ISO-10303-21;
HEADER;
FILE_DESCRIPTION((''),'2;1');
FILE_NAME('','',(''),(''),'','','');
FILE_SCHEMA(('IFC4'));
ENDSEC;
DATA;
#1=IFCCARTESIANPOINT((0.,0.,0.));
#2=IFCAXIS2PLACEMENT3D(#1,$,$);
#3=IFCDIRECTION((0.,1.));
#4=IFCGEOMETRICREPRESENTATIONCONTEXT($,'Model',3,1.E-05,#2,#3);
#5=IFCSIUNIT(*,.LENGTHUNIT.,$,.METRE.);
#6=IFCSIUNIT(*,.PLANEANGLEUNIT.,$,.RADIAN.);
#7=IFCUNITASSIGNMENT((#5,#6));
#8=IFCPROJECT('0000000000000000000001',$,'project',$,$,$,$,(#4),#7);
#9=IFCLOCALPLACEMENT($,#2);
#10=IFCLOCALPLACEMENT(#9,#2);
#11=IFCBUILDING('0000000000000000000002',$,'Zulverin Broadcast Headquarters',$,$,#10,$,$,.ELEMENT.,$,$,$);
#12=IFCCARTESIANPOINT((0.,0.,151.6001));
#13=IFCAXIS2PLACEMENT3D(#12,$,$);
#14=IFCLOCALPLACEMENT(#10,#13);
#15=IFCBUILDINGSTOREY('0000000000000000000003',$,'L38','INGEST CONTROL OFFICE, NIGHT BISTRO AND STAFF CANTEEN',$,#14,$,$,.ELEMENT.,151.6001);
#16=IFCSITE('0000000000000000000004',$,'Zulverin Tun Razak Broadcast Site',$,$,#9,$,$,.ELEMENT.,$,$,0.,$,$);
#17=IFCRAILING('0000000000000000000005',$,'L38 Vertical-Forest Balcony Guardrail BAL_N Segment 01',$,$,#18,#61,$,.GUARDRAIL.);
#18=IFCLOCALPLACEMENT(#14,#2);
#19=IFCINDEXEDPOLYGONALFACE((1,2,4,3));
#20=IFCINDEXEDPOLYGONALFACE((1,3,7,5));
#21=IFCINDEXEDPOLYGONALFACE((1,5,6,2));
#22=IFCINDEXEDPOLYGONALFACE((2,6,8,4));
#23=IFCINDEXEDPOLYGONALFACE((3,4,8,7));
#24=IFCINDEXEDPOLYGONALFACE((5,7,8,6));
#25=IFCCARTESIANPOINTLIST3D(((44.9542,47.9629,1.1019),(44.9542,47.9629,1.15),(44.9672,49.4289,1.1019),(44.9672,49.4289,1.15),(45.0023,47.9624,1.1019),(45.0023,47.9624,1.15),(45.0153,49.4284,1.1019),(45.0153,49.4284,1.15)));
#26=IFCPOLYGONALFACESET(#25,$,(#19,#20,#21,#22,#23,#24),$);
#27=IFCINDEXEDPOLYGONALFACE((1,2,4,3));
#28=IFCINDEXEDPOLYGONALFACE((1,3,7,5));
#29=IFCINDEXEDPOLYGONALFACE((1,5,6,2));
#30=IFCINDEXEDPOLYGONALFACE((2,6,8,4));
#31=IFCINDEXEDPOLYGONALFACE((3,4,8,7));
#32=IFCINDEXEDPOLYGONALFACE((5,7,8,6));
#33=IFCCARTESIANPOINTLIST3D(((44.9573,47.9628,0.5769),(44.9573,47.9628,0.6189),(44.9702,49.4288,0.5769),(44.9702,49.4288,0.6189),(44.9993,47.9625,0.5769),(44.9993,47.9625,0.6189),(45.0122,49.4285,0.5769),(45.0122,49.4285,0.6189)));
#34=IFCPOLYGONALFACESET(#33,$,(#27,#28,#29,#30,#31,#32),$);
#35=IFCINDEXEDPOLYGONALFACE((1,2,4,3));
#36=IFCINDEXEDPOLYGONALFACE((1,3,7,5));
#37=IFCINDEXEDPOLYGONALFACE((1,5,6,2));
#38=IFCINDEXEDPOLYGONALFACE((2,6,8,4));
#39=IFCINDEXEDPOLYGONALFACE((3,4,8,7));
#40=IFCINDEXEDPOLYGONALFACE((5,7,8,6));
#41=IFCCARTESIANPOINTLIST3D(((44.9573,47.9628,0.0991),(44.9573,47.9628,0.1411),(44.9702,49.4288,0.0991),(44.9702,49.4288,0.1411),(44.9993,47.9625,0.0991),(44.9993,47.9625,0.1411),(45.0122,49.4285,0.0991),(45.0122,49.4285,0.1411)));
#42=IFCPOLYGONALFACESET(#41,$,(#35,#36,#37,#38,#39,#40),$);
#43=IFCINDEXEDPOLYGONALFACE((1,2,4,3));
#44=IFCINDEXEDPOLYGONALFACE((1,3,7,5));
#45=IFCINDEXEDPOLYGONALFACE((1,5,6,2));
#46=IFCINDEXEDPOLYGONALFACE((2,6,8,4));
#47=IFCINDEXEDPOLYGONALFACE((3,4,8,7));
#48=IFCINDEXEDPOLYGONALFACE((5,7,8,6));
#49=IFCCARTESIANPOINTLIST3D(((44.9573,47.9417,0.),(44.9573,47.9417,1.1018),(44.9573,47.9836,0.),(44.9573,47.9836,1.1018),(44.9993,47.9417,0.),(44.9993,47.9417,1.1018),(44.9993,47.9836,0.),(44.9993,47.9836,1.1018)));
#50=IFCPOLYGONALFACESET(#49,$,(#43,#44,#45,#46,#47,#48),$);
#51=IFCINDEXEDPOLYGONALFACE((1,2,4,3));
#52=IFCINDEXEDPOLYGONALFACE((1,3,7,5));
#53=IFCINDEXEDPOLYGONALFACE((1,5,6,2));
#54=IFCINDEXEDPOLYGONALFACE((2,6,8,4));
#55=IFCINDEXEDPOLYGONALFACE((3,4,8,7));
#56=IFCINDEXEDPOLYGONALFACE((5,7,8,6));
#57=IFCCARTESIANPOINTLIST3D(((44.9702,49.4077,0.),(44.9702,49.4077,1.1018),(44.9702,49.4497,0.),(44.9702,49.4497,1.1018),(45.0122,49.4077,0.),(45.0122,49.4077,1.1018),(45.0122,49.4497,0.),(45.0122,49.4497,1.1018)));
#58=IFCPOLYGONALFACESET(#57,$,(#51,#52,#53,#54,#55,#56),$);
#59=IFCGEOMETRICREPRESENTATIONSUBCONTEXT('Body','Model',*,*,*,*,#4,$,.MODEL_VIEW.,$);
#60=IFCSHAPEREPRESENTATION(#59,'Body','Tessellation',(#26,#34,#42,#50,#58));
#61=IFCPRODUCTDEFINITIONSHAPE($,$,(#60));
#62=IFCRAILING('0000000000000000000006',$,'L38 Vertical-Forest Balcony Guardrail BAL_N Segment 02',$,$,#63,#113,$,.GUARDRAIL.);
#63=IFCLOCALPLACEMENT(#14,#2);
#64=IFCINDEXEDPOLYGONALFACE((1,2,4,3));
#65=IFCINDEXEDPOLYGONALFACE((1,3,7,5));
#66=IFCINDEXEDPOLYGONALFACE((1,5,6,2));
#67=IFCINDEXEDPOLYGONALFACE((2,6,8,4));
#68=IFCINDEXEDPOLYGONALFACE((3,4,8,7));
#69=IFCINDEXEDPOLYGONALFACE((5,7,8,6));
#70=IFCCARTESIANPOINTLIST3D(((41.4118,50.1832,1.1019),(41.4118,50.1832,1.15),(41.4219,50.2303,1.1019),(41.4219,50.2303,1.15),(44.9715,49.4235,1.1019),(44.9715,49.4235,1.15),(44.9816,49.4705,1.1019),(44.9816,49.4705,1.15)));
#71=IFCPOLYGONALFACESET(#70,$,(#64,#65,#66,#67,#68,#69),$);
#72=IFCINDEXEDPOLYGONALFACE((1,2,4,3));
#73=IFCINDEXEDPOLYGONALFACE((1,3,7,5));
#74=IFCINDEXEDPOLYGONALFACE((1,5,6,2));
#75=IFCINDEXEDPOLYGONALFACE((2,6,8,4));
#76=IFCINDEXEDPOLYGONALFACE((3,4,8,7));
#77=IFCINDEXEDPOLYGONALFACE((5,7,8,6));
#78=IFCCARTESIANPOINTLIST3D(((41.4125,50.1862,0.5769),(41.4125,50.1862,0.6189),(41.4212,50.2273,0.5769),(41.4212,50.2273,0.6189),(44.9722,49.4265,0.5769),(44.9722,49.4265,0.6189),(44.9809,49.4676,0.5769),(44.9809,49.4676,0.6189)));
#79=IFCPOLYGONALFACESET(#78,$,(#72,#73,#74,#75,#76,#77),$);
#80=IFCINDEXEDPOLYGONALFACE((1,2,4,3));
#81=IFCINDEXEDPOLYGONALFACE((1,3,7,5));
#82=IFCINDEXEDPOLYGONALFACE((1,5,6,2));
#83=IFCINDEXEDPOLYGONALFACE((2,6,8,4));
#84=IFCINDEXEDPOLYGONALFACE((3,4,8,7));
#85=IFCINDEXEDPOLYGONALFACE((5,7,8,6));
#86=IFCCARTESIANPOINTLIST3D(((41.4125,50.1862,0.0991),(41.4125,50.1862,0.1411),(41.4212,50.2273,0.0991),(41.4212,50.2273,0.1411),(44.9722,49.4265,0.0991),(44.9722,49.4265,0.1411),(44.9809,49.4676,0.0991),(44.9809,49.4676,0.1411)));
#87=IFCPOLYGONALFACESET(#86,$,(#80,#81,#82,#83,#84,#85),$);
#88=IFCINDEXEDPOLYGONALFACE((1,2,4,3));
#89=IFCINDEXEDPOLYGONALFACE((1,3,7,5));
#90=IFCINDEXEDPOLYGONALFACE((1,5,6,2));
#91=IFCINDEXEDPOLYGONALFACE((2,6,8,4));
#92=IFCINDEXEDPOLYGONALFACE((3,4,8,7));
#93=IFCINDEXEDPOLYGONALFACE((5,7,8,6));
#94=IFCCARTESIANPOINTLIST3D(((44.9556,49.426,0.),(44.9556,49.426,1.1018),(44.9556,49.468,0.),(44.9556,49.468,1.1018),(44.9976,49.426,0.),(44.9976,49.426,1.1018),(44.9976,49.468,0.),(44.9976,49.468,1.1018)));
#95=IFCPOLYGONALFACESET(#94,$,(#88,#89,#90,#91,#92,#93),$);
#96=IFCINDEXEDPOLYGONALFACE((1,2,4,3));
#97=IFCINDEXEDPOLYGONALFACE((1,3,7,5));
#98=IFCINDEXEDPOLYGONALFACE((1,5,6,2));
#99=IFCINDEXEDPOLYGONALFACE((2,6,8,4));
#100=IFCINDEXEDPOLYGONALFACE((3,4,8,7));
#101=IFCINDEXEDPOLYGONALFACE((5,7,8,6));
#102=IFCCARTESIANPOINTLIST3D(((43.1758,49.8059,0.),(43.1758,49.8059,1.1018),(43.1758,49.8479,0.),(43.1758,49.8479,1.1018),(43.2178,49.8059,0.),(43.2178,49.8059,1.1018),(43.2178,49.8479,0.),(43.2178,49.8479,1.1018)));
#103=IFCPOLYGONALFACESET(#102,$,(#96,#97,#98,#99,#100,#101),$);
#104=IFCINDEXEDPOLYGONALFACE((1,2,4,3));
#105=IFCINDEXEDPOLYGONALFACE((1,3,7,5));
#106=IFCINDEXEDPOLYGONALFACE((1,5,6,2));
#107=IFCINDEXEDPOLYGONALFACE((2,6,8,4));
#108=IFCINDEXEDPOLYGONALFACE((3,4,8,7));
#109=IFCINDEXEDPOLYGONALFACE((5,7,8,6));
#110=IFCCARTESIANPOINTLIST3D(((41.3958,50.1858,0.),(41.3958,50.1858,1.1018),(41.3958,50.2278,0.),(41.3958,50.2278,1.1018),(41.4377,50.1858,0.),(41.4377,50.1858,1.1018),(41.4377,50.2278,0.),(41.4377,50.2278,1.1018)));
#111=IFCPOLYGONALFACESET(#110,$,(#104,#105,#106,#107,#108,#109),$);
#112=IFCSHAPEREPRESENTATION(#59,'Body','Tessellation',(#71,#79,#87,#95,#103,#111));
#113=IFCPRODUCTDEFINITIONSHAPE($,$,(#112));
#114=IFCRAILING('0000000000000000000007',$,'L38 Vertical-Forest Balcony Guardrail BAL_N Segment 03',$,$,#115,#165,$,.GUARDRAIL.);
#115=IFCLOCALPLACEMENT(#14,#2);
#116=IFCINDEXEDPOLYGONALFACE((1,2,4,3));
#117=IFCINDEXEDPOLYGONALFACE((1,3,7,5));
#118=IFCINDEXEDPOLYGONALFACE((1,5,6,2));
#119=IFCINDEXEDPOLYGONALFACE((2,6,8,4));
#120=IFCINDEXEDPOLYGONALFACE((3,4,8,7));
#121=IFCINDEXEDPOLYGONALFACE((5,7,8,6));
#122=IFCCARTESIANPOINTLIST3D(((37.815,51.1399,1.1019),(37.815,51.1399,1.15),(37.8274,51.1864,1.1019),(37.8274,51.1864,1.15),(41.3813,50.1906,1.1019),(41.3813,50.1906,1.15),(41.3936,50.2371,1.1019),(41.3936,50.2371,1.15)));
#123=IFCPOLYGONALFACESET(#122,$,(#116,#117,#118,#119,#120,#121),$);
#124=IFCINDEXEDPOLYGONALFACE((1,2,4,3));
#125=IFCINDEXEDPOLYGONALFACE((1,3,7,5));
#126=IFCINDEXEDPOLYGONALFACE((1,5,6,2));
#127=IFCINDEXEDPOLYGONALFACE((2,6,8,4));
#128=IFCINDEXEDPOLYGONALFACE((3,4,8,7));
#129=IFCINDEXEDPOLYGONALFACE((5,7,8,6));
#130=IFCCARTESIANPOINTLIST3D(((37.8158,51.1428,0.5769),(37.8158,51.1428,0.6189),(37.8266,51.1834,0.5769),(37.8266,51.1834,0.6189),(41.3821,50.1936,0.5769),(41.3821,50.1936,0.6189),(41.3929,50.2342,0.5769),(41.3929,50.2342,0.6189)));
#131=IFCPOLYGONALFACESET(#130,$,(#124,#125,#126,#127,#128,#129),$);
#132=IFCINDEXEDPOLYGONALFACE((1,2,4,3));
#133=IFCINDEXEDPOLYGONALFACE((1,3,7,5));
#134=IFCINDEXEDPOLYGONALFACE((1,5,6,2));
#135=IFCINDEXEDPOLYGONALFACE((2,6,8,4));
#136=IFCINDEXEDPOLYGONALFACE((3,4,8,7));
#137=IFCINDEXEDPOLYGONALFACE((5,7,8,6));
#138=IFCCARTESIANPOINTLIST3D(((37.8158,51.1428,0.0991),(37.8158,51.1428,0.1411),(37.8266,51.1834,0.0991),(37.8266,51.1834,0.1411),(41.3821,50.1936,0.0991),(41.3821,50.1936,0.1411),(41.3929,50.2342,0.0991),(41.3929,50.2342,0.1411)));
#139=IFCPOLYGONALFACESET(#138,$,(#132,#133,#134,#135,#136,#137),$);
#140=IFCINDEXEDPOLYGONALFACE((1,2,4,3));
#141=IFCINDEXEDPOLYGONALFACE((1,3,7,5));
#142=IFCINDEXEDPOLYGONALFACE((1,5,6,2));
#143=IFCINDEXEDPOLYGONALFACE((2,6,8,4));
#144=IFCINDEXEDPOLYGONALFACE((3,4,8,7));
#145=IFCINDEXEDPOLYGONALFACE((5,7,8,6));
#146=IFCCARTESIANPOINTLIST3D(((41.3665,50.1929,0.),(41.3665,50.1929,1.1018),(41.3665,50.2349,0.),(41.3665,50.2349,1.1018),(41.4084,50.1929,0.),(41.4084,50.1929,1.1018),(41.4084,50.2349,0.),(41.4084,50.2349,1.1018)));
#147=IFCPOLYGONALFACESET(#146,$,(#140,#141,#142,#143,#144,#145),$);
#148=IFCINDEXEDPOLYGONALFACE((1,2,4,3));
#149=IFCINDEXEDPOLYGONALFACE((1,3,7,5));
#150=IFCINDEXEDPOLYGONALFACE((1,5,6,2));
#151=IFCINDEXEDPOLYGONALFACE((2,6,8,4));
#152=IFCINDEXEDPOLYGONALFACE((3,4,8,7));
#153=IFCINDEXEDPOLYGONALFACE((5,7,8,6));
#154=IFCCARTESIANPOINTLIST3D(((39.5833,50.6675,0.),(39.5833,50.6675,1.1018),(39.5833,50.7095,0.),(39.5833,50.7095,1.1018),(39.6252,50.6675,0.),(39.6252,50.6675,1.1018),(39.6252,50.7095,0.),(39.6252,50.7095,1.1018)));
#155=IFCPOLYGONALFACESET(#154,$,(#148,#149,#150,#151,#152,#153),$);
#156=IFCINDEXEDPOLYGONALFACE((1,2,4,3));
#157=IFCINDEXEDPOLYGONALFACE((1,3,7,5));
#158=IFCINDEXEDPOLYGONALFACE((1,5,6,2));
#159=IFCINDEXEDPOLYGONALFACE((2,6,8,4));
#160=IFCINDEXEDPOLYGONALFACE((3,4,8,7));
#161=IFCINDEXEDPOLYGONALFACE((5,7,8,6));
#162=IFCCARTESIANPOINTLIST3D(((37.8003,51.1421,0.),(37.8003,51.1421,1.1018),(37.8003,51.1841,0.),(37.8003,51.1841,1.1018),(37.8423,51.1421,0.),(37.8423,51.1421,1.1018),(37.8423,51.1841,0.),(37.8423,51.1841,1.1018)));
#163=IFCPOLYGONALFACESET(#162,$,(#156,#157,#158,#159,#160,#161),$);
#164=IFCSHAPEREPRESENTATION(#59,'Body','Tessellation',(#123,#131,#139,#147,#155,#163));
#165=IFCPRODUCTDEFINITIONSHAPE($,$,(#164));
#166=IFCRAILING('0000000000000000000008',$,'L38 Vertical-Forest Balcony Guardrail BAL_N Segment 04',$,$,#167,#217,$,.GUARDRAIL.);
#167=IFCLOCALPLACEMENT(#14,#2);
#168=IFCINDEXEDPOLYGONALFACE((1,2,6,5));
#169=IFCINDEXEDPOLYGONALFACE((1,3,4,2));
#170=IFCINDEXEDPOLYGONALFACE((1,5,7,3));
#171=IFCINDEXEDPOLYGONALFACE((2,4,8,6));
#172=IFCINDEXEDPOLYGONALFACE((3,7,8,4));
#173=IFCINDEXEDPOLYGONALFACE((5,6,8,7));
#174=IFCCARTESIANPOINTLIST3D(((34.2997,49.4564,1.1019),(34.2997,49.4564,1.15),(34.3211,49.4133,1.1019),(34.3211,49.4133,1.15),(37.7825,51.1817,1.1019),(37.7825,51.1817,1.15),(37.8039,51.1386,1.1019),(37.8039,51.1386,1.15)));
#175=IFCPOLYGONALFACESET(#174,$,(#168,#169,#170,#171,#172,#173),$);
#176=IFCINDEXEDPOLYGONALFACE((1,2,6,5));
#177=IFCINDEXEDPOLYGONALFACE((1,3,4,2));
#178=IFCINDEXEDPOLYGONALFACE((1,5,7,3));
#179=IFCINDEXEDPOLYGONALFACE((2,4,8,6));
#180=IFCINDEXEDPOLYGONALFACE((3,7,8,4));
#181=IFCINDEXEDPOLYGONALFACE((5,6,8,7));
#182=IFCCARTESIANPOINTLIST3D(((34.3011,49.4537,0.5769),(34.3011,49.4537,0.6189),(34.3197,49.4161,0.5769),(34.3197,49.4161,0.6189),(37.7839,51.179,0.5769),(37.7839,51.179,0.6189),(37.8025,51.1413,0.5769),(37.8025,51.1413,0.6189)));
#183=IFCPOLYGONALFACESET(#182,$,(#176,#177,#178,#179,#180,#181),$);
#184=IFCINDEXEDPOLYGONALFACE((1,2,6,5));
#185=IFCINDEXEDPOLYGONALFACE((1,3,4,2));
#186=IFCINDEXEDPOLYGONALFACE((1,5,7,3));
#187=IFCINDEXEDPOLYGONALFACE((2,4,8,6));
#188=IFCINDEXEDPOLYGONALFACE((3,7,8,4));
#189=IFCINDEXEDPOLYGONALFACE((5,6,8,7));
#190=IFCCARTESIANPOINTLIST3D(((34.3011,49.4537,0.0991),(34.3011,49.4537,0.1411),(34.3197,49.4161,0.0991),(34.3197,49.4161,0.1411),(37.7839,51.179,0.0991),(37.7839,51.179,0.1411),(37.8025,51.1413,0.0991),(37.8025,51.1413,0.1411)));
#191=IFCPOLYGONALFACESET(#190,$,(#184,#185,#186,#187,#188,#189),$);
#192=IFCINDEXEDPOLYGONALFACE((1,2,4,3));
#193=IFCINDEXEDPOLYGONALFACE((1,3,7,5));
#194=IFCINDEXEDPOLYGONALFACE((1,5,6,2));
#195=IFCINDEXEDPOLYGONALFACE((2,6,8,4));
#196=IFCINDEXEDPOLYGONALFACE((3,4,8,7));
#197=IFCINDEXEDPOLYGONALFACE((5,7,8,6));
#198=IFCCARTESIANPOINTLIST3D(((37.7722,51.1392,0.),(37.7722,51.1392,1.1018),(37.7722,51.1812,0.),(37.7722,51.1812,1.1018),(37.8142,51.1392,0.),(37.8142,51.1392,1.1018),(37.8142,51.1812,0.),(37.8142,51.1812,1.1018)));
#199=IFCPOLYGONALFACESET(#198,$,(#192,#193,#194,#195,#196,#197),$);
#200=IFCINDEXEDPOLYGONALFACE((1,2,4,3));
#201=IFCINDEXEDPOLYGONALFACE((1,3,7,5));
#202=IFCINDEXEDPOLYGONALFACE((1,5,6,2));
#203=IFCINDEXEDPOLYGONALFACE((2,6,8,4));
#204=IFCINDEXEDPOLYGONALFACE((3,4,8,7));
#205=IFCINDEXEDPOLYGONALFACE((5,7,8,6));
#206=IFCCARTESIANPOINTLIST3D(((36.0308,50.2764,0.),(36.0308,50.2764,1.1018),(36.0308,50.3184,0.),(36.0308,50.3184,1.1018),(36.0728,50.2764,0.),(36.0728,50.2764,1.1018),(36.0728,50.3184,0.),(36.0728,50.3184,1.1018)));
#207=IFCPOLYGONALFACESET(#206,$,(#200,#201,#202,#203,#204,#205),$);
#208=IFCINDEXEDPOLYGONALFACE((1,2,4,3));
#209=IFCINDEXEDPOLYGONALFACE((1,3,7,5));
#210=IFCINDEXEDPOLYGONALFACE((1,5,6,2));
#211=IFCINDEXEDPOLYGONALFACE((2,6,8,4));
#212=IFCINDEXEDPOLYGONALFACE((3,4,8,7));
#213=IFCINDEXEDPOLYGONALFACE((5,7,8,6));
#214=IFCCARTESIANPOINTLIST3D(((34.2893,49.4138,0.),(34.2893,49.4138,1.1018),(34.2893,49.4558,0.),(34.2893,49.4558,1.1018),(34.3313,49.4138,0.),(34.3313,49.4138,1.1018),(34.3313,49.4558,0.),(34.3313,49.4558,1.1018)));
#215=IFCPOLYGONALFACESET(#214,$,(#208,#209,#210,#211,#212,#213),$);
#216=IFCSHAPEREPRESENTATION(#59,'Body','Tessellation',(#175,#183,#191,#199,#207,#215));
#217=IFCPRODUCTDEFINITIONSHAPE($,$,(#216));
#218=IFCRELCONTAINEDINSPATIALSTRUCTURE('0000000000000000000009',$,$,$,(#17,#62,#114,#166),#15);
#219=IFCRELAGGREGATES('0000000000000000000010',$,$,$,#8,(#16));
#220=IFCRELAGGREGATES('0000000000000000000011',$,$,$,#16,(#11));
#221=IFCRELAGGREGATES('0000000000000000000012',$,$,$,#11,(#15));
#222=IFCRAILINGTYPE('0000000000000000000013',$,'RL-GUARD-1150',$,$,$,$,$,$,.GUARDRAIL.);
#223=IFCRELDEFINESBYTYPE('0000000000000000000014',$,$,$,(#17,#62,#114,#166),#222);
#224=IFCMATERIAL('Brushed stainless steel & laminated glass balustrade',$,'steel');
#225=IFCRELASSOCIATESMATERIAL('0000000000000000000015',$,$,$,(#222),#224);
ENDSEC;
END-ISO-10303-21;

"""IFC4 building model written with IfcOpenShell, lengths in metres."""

from ifc_helpers import new_model, si_unit, direction, frame, origin, origin_2d, place, context, subcontext, project, spatial, rectangle, extrude, material, type_object, element, save


model = new_model("IFC4")

# Units and contexts
model_context = context("Model", 3, precision=1e-05, world=origin(), true_north=direction((0.0, 1.0)))
body_context = subcontext(model_context, "Body", "Model", "MODEL_VIEW")
ifc_project = project(units=[si_unit("LENGTHUNIT", "METRE"), si_unit("PLANEANGLEUNIT", "RADIAN")], contexts=[model_context])

# Site, building, storey
site_placement = place(None, origin())
site = spatial("IfcSite", under=ifc_project, at=site_placement, Name="Zulverin Tun Razak Broadcast Site", CompositionType="ELEMENT", RefElevation=0.0)
building_placement = place(site_placement, origin())
building = spatial("IfcBuilding", under=site, at=building_placement, Name="Zulverin Broadcast Headquarters", CompositionType="ELEMENT")
storey_placement = place(building_placement, frame((0.0, 0.0, 151.6001)))
storey = spatial("IfcBuildingStorey", under=building, at=storey_placement, Name="L38", Description="INGEST CONTROL OFFICE, NIGHT BISTRO AND STAFF CANTEEN", CompositionType="ELEMENT", Elevation=151.6001)

# Railings
ifc_material_1 = material(Name="Brushed stainless steel & laminated glass balustrade", Category="steel")
railing_type_1 = type_object("IfcRailingType", Name="RL-GUARD-1150", PredefinedType="GUARDRAIL", material=ifc_material_1)
railing_1_placement = place(storey_placement, frame((44.9783, 47.9626, 0.0)))
element("IfcRailing", 1, at=railing_1_placement, inside=storey, type_object=railing_type_1, Name="L38 Vertical-Forest Balcony Guardrail BAL_N Segment 01", PredefinedType="GUARDRAIL", context=body_context, shape_type="SweptSolid", body=[
    extrude(rectangle(XDim=0.0481, YDim=0.0481, at=origin_2d()), frame((0.0, 0.0, 1.126), z_axis=(0.008826, 0.999961, 0.0), x_axis=(-0.999961, 0.008826, 0.0)), (0.0, 0.0, 1.0), 1.4661),
    extrude(rectangle(XDim=0.042, YDim=0.042, at=origin_2d()), frame((0.0, 0.0, 0.5979), z_axis=(0.008826, 0.999961, 0.0), x_axis=(-0.999961, 0.008826, 0.0)), (0.0, 0.0, 1.0), 1.4661),
    extrude(rectangle(XDim=0.042, YDim=0.042, at=origin_2d()), frame((0.0, 0.0, 0.1201), z_axis=(0.008826, 0.999961, 0.0), x_axis=(-0.999961, 0.008826, 0.0)), (0.0, 0.0, 1.0), 1.4661),
    extrude(rectangle(XDim=0.042, YDim=0.042, at=origin_2d()), origin(), (0.0, 0.0, 1.0), 1.1018),
    extrude(rectangle(XDim=0.042, YDim=0.042, at=origin_2d()), frame((0.0129, 1.4661, 0.0)), (0.0, 0.0, 1.0), 1.1018),
])
railing_2_placement = place(storey_placement, frame((44.9766, 49.447, 0.0)))
element("IfcRailing", 2, at=railing_2_placement, inside=storey, type_object=railing_type_1, Name="L38 Vertical-Forest Balcony Guardrail BAL_N Segment 02", PredefinedType="GUARDRAIL", context=body_context, shape_type="SweptSolid", body=[
    extrude(rectangle(XDim=0.0481, YDim=0.0481, at=origin_2d()), frame((0.0, 0.0, 1.126), z_axis=(-0.977974, 0.208727, 0.0), x_axis=(-0.208727, -0.977974, 0.0)), (0.0, 0.0, 1.0), 3.6399),
    extrude(rectangle(XDim=0.042, YDim=0.042, at=origin_2d()), frame((0.0, 0.0, 0.5979), z_axis=(-0.977974, 0.208727, 0.0), x_axis=(-0.208727, -0.977974, 0.0)), (0.0, 0.0, 1.0), 3.6399),
    extrude(rectangle(XDim=0.042, YDim=0.042, at=origin_2d()), frame((0.0, 0.0, 0.1201), z_axis=(-0.977974, 0.208727, 0.0), x_axis=(-0.208727, -0.977974, 0.0)), (0.0, 0.0, 1.0), 3.6399),
    extrude(rectangle(XDim=0.042, YDim=0.042, at=origin_2d()), origin(), (0.0, 0.0, 1.0), 1.1018),
    extrude(rectangle(XDim=0.042, YDim=0.042, at=origin_2d()), frame((-1.7798, 0.3799, 0.0)), (0.0, 0.0, 1.0), 1.1018),
    extrude(rectangle(XDim=0.042, YDim=0.042, at=origin_2d()), frame((-3.5598, 0.7598, 0.0)), (0.0, 0.0, 1.0), 1.1018),
])
railing_3_placement = place(storey_placement, frame((41.3875, 50.2139, 0.0)))
element("IfcRailing", 3, at=railing_3_placement, inside=storey, type_object=railing_type_1, Name="L38 Vertical-Forest Balcony Guardrail BAL_N Segment 03", PredefinedType="GUARDRAIL", context=body_context, shape_type="SweptSolid", body=[
    extrude(rectangle(XDim=0.0481, YDim=0.0481, at=origin_2d()), frame((0.0, 0.0, 1.126), z_axis=(-0.966353, 0.257218, 0.0), x_axis=(-0.257218, -0.966353, 0.0)), (0.0, 0.0, 1.0), 3.6904),
    extrude(rectangle(XDim=0.042, YDim=0.042, at=origin_2d()), frame((0.0, 0.0, 0.5979), z_axis=(-0.966353, 0.257218, 0.0), x_axis=(-0.257218, -0.966353, 0.0)), (0.0, 0.0, 1.0), 3.6904),
    extrude(rectangle(XDim=0.042, YDim=0.042, at=origin_2d()), frame((0.0, 0.0, 0.1201), z_axis=(-0.966353, 0.257218, 0.0), x_axis=(-0.257218, -0.966353, 0.0)), (0.0, 0.0, 1.0), 3.6904),
    extrude(rectangle(XDim=0.042, YDim=0.042, at=origin_2d()), origin(), (0.0, 0.0, 1.0), 1.1018),
    extrude(rectangle(XDim=0.042, YDim=0.042, at=origin_2d()), frame((-1.7832, 0.4746, 0.0)), (0.0, 0.0, 1.0), 1.1018),
    extrude(rectangle(XDim=0.042, YDim=0.042, at=origin_2d()), frame((-3.5662, 0.9492, 0.0)), (0.0, 0.0, 1.0), 1.1018),
])
railing_4_placement = place(storey_placement, frame((37.7932, 51.1602, 0.0)))
element("IfcRailing", 4, at=railing_4_placement, inside=storey, type_object=railing_type_1, Name="L38 Vertical-Forest Balcony Guardrail BAL_N Segment 04", PredefinedType="GUARDRAIL", context=body_context, shape_type="SweptSolid", body=[
    extrude(rectangle(XDim=0.0481, YDim=0.0481, at=origin_2d()), frame((0.0, 0.0, 1.126), z_axis=(-0.896079, -0.443894, 0.0), x_axis=(0.443894, -0.896079, 0.0)), (0.0, 0.0, 1.0), 3.8867),
    extrude(rectangle(XDim=0.042, YDim=0.042, at=origin_2d()), frame((0.0, 0.0, 0.5979), z_axis=(-0.896079, -0.443894, 0.0), x_axis=(0.443894, -0.896079, 0.0)), (0.0, 0.0, 1.0), 3.8867),
    extrude(rectangle(XDim=0.042, YDim=0.042, at=origin_2d()), frame((0.0, 0.0, 0.1201), z_axis=(-0.896079, -0.443894, 0.0), x_axis=(0.443894, -0.896079, 0.0)), (0.0, 0.0, 1.0), 3.8867),
    extrude(rectangle(XDim=0.042, YDim=0.042, at=origin_2d()), origin(), (0.0, 0.0, 1.0), 1.1018),
    extrude(rectangle(XDim=0.042, YDim=0.042, at=origin_2d()), frame((-1.7415, -0.8628, 0.0)), (0.0, 0.0, 1.0), 1.1018),
    extrude(rectangle(XDim=0.042, YDim=0.042, at=origin_2d()), frame((-3.4829, -1.7253, 0.0)), (0.0, 0.0, 1.0), 1.1018),
])

save(model, "model.ifc")
